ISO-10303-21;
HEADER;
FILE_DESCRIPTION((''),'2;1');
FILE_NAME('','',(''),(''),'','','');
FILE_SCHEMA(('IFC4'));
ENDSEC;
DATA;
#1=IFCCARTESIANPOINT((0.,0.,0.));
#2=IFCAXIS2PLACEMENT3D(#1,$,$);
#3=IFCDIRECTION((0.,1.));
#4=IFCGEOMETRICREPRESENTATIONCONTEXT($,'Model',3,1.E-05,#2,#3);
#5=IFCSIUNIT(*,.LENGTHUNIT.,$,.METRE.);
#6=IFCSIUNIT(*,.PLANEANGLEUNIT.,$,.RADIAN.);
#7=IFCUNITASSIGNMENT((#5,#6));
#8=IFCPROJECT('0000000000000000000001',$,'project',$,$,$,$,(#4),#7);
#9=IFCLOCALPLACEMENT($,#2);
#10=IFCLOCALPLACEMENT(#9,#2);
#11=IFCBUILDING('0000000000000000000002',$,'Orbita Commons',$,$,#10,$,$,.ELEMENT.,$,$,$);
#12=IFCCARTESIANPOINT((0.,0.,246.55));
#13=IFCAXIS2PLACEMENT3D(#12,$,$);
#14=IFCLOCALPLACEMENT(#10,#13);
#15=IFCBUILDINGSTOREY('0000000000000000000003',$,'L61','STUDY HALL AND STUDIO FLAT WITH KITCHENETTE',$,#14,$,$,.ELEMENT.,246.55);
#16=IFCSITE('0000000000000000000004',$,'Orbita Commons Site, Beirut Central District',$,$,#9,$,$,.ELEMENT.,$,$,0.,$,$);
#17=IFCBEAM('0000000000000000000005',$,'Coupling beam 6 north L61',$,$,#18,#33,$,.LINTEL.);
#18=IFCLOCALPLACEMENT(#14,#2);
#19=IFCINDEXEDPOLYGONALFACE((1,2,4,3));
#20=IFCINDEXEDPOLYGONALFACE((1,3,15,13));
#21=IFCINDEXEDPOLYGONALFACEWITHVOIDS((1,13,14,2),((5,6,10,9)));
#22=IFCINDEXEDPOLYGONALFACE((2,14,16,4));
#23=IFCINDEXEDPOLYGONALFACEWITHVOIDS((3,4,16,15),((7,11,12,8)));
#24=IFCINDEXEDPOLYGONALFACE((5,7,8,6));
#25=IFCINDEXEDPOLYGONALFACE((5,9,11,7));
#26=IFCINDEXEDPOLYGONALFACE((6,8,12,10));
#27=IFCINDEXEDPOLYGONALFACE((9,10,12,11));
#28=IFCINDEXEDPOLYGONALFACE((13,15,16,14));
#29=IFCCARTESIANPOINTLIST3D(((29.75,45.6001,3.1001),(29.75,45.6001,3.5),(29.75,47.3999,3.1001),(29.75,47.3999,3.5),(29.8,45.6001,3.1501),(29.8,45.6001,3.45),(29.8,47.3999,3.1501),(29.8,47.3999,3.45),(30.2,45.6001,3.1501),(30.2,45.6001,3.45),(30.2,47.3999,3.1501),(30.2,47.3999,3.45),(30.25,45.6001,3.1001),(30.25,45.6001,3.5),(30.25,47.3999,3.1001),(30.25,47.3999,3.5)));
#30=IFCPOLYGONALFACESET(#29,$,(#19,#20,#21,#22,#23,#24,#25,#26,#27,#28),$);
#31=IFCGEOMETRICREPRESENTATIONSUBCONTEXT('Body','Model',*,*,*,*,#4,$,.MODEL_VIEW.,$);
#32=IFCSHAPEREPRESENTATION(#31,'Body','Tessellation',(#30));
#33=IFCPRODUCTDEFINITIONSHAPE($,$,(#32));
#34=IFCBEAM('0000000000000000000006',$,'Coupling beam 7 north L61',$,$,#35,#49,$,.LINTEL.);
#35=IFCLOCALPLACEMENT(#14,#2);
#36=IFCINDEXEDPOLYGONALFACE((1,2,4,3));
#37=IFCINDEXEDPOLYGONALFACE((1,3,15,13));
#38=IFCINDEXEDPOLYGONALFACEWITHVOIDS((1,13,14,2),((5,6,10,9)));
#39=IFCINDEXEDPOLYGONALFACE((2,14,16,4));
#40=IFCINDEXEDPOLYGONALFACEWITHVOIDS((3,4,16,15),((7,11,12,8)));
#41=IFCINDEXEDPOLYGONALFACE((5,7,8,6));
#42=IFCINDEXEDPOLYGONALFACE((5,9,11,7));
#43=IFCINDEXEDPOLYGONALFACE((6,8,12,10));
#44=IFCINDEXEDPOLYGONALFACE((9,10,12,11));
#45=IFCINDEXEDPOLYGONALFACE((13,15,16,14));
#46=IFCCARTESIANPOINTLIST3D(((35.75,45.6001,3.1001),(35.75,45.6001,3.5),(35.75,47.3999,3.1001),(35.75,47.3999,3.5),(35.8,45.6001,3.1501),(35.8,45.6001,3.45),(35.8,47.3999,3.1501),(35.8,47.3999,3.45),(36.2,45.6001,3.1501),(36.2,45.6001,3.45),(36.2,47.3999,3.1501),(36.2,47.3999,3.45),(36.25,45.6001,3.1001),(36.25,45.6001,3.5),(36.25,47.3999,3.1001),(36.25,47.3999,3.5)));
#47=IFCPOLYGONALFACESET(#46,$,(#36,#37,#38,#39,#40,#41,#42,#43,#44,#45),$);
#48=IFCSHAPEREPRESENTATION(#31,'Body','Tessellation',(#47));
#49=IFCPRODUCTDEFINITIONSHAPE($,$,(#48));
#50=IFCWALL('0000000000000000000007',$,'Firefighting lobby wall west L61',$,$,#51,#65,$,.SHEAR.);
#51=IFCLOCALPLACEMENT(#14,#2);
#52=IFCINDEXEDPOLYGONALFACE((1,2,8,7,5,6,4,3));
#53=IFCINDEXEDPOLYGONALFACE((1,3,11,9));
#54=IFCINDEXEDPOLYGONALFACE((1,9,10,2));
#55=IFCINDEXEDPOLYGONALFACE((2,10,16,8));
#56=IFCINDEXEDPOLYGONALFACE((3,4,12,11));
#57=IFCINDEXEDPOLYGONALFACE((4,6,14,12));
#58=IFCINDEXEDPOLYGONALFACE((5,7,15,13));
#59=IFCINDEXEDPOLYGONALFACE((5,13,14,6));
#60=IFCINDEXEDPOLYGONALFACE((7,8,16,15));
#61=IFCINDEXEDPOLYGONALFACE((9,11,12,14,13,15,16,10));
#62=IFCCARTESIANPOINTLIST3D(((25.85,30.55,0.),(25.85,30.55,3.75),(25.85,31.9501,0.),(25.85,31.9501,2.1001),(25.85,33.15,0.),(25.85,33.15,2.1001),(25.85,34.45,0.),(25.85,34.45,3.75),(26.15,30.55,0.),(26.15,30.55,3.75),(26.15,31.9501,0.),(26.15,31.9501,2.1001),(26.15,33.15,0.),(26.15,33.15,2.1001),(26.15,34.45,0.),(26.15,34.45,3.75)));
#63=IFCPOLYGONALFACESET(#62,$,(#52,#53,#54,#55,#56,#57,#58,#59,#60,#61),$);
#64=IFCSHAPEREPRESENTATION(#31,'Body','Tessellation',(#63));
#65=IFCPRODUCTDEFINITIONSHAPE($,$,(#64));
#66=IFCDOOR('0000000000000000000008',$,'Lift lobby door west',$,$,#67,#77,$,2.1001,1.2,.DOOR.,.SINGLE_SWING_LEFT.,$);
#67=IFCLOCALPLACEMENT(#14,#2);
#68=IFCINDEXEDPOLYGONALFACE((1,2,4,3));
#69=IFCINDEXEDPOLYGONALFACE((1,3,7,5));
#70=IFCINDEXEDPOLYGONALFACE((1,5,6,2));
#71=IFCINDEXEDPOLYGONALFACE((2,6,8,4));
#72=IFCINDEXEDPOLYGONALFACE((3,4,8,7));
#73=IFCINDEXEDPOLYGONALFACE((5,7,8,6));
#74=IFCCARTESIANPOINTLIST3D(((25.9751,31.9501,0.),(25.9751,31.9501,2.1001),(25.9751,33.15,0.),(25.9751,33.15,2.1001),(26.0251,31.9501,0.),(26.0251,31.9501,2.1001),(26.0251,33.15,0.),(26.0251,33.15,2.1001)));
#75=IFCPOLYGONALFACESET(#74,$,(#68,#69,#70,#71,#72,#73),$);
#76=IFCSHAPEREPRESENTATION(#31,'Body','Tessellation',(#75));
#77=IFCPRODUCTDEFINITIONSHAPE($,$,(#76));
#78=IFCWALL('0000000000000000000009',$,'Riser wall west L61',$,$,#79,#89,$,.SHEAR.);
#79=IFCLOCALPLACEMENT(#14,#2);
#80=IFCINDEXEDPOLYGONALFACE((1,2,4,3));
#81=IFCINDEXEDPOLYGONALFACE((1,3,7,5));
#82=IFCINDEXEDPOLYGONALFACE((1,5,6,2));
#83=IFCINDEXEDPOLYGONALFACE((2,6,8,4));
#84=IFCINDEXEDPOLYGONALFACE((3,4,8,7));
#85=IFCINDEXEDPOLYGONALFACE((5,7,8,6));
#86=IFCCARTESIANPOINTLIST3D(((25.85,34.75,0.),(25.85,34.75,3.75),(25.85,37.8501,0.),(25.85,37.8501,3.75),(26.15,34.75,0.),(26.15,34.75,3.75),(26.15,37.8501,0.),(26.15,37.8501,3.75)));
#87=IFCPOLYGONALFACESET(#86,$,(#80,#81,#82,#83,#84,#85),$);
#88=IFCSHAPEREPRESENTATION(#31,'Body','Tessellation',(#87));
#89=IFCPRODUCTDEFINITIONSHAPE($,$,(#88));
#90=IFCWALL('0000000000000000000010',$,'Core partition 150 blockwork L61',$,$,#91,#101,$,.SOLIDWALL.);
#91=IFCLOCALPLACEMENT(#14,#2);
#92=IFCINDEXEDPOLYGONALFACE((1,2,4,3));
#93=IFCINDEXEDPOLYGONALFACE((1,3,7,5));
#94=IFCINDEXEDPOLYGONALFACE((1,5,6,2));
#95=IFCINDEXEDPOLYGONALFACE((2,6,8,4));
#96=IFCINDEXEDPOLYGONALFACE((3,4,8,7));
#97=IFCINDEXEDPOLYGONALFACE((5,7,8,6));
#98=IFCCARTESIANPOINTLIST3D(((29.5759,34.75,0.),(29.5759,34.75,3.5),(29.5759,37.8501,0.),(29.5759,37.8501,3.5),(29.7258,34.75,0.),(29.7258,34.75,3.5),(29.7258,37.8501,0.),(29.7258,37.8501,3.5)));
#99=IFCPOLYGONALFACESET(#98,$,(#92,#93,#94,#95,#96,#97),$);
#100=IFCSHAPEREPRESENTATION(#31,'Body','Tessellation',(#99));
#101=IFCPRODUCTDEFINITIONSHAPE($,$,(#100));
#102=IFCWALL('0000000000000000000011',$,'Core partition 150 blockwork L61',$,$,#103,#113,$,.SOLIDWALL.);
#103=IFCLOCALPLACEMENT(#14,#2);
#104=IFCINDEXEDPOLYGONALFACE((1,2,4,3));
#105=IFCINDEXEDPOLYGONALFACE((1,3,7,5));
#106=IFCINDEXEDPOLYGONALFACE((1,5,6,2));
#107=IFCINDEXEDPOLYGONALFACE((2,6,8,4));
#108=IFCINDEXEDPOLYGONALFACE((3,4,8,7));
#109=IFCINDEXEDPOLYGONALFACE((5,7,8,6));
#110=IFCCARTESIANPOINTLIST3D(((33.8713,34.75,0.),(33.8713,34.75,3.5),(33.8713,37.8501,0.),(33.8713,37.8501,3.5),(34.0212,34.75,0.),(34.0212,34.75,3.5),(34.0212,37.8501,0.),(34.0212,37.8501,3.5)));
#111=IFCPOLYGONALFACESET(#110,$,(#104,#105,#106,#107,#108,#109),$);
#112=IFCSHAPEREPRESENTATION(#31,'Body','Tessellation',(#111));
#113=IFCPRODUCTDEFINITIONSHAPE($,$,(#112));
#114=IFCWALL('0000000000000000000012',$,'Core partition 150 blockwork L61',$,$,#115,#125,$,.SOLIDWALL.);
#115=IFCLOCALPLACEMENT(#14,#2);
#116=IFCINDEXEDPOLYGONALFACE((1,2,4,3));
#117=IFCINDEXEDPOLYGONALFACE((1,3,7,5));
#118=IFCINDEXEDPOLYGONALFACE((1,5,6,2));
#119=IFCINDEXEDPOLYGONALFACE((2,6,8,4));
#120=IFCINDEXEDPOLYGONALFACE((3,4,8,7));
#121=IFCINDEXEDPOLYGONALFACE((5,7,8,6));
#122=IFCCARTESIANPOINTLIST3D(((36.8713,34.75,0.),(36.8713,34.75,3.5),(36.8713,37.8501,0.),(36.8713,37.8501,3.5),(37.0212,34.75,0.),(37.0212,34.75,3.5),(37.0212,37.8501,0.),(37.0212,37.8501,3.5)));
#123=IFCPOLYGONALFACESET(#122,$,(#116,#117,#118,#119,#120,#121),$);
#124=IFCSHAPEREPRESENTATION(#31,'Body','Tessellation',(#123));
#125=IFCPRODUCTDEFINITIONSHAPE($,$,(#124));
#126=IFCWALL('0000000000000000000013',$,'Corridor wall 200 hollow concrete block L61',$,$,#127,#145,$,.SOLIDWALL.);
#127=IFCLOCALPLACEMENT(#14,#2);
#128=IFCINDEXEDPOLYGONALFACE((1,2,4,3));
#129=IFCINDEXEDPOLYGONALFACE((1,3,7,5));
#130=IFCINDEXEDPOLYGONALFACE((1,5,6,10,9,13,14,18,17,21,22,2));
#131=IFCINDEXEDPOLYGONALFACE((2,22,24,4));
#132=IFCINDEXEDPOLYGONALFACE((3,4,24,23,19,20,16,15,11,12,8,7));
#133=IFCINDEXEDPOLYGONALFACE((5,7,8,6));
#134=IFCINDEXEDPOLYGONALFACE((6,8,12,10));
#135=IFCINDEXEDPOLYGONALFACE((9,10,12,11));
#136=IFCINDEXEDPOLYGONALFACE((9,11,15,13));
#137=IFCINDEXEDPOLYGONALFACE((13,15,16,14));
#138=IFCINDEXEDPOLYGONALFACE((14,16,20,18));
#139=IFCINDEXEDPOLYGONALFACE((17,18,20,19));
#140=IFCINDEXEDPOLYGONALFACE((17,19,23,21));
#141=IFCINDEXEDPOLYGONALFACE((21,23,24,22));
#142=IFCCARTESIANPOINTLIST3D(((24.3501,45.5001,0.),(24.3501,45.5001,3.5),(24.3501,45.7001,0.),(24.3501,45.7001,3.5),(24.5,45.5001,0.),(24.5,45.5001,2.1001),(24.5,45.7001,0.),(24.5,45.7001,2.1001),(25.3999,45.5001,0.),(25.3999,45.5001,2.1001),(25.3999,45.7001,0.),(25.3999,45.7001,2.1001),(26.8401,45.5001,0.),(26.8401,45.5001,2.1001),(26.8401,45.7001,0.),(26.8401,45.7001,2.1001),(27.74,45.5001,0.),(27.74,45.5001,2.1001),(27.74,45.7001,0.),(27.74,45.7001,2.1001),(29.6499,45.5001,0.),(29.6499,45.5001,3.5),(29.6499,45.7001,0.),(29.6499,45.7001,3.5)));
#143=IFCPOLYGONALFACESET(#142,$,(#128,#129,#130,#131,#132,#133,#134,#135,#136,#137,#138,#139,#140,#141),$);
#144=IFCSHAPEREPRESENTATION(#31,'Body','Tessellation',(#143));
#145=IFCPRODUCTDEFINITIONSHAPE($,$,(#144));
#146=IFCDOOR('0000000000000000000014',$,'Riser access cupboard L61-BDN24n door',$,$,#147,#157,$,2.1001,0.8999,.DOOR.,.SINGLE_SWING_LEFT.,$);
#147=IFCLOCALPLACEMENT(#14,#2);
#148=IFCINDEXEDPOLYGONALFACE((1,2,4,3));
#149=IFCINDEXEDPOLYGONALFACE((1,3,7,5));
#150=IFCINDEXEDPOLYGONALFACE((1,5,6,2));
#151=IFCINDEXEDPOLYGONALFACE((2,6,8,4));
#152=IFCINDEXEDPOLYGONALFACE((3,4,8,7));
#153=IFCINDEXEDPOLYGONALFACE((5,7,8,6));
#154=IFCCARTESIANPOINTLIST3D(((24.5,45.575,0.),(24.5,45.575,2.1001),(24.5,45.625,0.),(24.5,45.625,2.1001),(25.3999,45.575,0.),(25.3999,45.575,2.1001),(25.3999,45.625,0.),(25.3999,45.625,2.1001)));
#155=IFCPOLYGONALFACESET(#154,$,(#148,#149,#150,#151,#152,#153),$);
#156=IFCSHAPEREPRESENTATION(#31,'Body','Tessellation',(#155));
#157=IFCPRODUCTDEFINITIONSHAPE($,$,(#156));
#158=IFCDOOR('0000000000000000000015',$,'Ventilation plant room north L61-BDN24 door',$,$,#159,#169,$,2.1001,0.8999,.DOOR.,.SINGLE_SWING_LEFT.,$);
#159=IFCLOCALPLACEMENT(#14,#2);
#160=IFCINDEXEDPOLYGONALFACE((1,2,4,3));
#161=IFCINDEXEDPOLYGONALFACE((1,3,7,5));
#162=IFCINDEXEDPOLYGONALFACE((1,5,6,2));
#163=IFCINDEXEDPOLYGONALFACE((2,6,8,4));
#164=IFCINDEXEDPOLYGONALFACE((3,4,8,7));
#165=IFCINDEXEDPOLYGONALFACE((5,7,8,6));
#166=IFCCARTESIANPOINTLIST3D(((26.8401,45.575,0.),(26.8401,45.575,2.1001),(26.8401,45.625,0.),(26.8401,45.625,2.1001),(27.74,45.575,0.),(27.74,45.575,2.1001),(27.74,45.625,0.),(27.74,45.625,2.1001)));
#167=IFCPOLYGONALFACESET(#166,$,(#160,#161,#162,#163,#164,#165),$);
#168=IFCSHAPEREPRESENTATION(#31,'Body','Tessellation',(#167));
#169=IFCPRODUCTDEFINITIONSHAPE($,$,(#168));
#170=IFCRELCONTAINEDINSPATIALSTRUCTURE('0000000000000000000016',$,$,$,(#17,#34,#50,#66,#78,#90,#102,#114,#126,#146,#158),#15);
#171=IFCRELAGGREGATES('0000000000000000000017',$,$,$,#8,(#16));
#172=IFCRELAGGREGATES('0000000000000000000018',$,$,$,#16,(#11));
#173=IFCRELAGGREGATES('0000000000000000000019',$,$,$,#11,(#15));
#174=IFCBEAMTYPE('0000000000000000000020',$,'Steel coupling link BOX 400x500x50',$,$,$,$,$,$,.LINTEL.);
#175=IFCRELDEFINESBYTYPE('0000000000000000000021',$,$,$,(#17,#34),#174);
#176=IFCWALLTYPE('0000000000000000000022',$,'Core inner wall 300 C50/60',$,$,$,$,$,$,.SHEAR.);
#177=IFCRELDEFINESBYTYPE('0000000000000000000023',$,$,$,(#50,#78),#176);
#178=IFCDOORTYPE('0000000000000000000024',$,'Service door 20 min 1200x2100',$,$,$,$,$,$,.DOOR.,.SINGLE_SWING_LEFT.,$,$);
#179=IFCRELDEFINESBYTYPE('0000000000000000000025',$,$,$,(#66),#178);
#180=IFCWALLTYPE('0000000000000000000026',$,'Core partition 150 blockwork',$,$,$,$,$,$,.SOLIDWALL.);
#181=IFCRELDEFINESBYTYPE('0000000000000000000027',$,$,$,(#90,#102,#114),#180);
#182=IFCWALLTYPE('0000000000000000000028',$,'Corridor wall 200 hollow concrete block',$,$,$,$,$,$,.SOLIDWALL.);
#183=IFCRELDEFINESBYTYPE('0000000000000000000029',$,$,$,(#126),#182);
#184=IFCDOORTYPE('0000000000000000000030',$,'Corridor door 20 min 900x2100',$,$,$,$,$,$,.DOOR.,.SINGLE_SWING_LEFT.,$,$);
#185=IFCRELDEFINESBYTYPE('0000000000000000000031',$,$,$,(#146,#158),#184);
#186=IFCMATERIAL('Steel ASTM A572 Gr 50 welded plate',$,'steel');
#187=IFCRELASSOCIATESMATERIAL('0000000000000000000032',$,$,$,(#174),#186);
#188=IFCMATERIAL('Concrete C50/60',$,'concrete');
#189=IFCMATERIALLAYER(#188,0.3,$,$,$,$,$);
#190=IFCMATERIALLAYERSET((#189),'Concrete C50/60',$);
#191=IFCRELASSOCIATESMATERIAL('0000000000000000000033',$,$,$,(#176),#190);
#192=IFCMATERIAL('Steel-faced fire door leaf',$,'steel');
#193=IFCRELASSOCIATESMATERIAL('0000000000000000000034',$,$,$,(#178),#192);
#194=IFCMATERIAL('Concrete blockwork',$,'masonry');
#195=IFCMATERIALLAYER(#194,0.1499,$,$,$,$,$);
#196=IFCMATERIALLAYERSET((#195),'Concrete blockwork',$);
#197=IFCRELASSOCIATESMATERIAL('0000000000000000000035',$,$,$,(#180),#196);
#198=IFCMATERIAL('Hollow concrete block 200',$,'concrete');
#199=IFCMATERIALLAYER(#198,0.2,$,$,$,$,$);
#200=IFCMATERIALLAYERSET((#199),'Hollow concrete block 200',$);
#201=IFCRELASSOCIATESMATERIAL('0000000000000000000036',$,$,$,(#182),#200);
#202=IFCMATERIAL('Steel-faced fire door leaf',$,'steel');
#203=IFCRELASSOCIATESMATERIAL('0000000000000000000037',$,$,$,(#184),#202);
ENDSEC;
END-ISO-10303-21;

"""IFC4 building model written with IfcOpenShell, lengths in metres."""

from ifc_helpers import new_model, si_unit, direction, frame, frame_2d, origin, origin_2d, place, context, subcontext, project, spatial, rectangle, hollow_rectangle, extrude, material, layer, layer_set, material_profile, profile_set, type_object, element, fill, save


model = new_model("IFC4")

# Units and contexts
model_context = context("Model", 3, precision=1e-05, world=origin(), true_north=direction((0.0, 1.0)))
body_context = subcontext(model_context, "Body", "Model", "MODEL_VIEW")
ifc_project = project(units=[si_unit("LENGTHUNIT", "METRE"), si_unit("PLANEANGLEUNIT", "RADIAN")], contexts=[model_context])

# Site, building, storey
site_placement = place(None, origin())
site = spatial("IfcSite", under=ifc_project, at=site_placement, Name="Orbita Commons Site, Beirut Central District", CompositionType="ELEMENT", RefElevation=0.0)
building_placement = place(site_placement, origin())
building = spatial("IfcBuilding", under=site, at=building_placement, Name="Orbita Commons", CompositionType="ELEMENT")
storey_placement = place(building_placement, frame((0.0, 0.0, 246.55)))
storey = spatial("IfcBuildingStorey", under=building, at=storey_placement, Name="L61", Description="STUDY HALL AND STUDIO FLAT WITH KITCHENETTE", CompositionType="ELEMENT", Elevation=246.55)

# Beams
ifc_material_1 = material(Name="Steel ASTM A572 Gr 50 welded plate", Category="steel")
ifc_material_profile = material_profile(ifc_material_1, hollow_rectangle(XDim=0.5, YDim=0.3999, WallThickness=0.05, at=origin_2d()), Name="BOX 400x500x50")
ifc_profile_set = profile_set([ifc_material_profile], Name="Steel ASTM A572 Gr 50 welded plate")
beam_type = type_object("IfcBeamType", Name="Steel coupling link BOX 400x500x50", PredefinedType="LINTEL", material=ifc_profile_set)
for number, where, z_axis, x_axis, name in (
    (1, (30.0, 45.6001, 3.3), (0.0, 1.0, 0.0), (-1.0, 0.0, 0.0), "Coupling beam 6 north L61"),
    (2, (36.0, 45.6001, 3.3), (0.0, 1.0, 0.0), (-1.0, 0.0, 0.0), "Coupling beam 7 north L61"),
):
    element("IfcBeam", number, at=place(storey_placement, frame(where, z_axis=z_axis, x_axis=x_axis)), inside=storey, type_object=beam_type, Name=name, PredefinedType="LINTEL", context=body_context, shape_type="SweptSolid", body=[
        extrude(hollow_rectangle(XDim=0.5, YDim=0.3999, WallThickness=0.05, at=origin_2d()), origin(), (0.0, 0.0, 1.0), 1.7998),
    ])

# Wall, opening, door
ifc_material_2 = material(Name="Concrete C50/60", Category="concrete")
ifc_layer_1 = layer(ifc_material_2, 0.3)
ifc_layer_set_1 = layer_set([ifc_layer_1], Name="Concrete C50/60")
wall_type_1 = type_object("IfcWallType", Name="Core inner wall 300 C50/60", PredefinedType="SHEAR", material=ifc_layer_set_1)
wall_1_placement = place(storey_placement, frame((26.0, 30.55, 0.0), z_axis=(0.0, 0.0, 1.0), x_axis=(0.0, 1.0, 0.0)))
wall_1 = element("IfcWall", 3, at=wall_1_placement, inside=storey, type_object=wall_type_1, Name="Firefighting lobby wall west L61", PredefinedType="SHEAR", context=body_context, shape_type="SweptSolid", body=[
    extrude(rectangle(XDim=3.8999, YDim=0.3, at=frame_2d((1.95, 0.0))), origin(), (0.0, 0.0, 1.0), 3.75),
])
opening_1_placement = place(wall_1_placement, frame((1.3999, 0.0, 0.0)))
opening_1 = element("IfcOpeningElement", 4, at=opening_1_placement, cuts=wall_1, PredefinedType="OPENING", context=body_context, shape_type="SweptSolid", body=[
    extrude(rectangle(XDim=1.2, YDim=2.1001, at=frame_2d((0.6001, 1.05))), frame((0.0, 0.1599, 0.0), z_axis=(0.0, -1.0, 0.0), x_axis=(1.0, 0.0, 0.0)), (0.0, 0.0, 1.0), 0.3201),
])
ifc_material_3 = material(Name="Steel-faced fire door leaf", Category="steel")
door_type_1 = type_object("IfcDoorType", Name="Service door 20 min 1200x2100", OperationType="SINGLE_SWING_LEFT", PredefinedType="DOOR", material=ifc_material_3)
door_1_placement = place(opening_1_placement, origin())
door_1 = element("IfcDoor", 5, at=door_1_placement, inside=storey, type_object=door_type_1, Name="Lift lobby door west", OperationType="SINGLE_SWING_LEFT", OverallHeight=2.1001, OverallWidth=1.2, PredefinedType="DOOR", context=body_context, shape_type="SweptSolid", body=[
    extrude(rectangle(XDim=1.2, YDim=2.1001, at=frame_2d((0.6001, 1.05))), frame((0.0, 0.0249, 0.0), z_axis=(0.0, -1.0, 0.0), x_axis=(1.0, 0.0, 0.0)), (0.0, 0.0, 1.0), 0.05),
])
fill(opening_1, door_1)

# Walls
wall_2_placement = place(storey_placement, frame((26.0, 34.75, 0.0), z_axis=(0.0, 0.0, 1.0), x_axis=(0.0, 1.0, 0.0)))
element("IfcWall", 6, at=wall_2_placement, inside=storey, type_object=wall_type_1, Name="Riser wall west L61", PredefinedType="SHEAR", context=body_context, shape_type="SweptSolid", body=[
    extrude(rectangle(XDim=3.1001, YDim=0.3, at=frame_2d((1.55, 0.0))), origin(), (0.0, 0.0, 1.0), 3.75),
])
ifc_material_4 = material(Name="Concrete blockwork", Category="masonry")
ifc_layer_2 = layer(ifc_material_4, 0.1499)
ifc_layer_set_2 = layer_set([ifc_layer_2], Name="Concrete blockwork")
wall_type_2 = type_object("IfcWallType", Name="Core partition 150 blockwork", PredefinedType="SOLIDWALL", material=ifc_layer_set_2)
for number, where, z_axis, x_axis, name in (
    (7, (29.6509, 34.75, 0.0), (0.0, 0.0, 1.0), (0.0, 1.0, 0.0), "Core partition 150 blockwork L61"),
    (8, (33.9463, 34.75, 0.0), (0.0, 0.0, 1.0), (0.0, 1.0, 0.0), "Core partition 150 blockwork L61"),
    (9, (36.9463, 34.75, 0.0), (0.0, 0.0, 1.0), (0.0, 1.0, 0.0), "Core partition 150 blockwork L61"),
):
    element("IfcWall", number, at=place(storey_placement, frame(where, z_axis=z_axis, x_axis=x_axis)), inside=storey, type_object=wall_type_2, Name=name, PredefinedType="SOLIDWALL", context=body_context, shape_type="SweptSolid", body=[
        extrude(rectangle(XDim=3.1001, YDim=0.1499, at=frame_2d((1.55, 0.0))), origin(), (0.0, 0.0, 1.0), 3.5),
    ])

# Wall, openings, doors
ifc_material_5 = material(Name="Hollow concrete block 200", Category="concrete")
ifc_layer_3 = layer(ifc_material_5, 0.2)
ifc_layer_set_3 = layer_set([ifc_layer_3], Name="Hollow concrete block 200")
wall_type_3 = type_object("IfcWallType", Name="Corridor wall 200 hollow concrete block", PredefinedType="SOLIDWALL", material=ifc_layer_set_3)
wall_3_placement = place(storey_placement, frame((24.3501, 45.6001, 0.0), z_axis=(0.0, 0.0, 1.0), x_axis=(1.0, 0.0, 0.0)))
wall_3 = element("IfcWall", 10, at=wall_3_placement, inside=storey, type_object=wall_type_3, Name="Corridor wall 200 hollow concrete block L61", PredefinedType="SOLIDWALL", context=body_context, shape_type="SweptSolid", body=[
    extrude(rectangle(XDim=5.2998, YDim=0.2, at=frame_2d((2.6499, 0.0))), origin(), (0.0, 0.0, 1.0), 3.5),
])
opening_2_placement = place(wall_3_placement, frame((0.1499, 0.0, 0.0)))
opening_2 = element("IfcOpeningElement", 11, at=opening_2_placement, cuts=wall_3, PredefinedType="OPENING", context=body_context, shape_type="SweptSolid", body=[
    extrude(rectangle(XDim=0.8999, YDim=2.1001, at=frame_2d((0.45, 1.05))), frame((0.0, 0.1099, 0.0), z_axis=(0.0, -1.0, 0.0), x_axis=(1.0, 0.0, 0.0)), (0.0, 0.0, 1.0), 0.22),
])
opening_3_placement = place(wall_3_placement, frame((2.49, 0.0, 0.0)))
opening_3 = element("IfcOpeningElement", 12, at=opening_3_placement, cuts=wall_3, PredefinedType="OPENING", context=body_context, shape_type="SweptSolid", body=[
    extrude(rectangle(XDim=0.8999, YDim=2.1001, at=frame_2d((0.45, 1.05))), frame((0.0, 0.1099, 0.0), z_axis=(0.0, -1.0, 0.0), x_axis=(1.0, 0.0, 0.0)), (0.0, 0.0, 1.0), 0.22),
])
ifc_material_6 = material(Name="Steel-faced fire door leaf", Category="steel")
door_type_2 = type_object("IfcDoorType", Name="Corridor door 20 min 900x2100", OperationType="SINGLE_SWING_LEFT", PredefinedType="DOOR", material=ifc_material_6)
door_2_placement = place(opening_2_placement, origin())
door_2 = element("IfcDoor", 13, at=door_2_placement, inside=storey, type_object=door_type_2, Name="Riser access cupboard L61-BDN24n door", OperationType="SINGLE_SWING_LEFT", OverallHeight=2.1001, OverallWidth=0.8999, PredefinedType="DOOR", context=body_context, shape_type="SweptSolid", body=[
    extrude(rectangle(XDim=0.8999, YDim=2.1001, at=frame_2d((0.45, 1.05))), frame((0.0, 0.0249, 0.0), z_axis=(0.0, -1.0, 0.0), x_axis=(1.0, 0.0, 0.0)), (0.0, 0.0, 1.0), 0.05),
])
fill(opening_2, door_2)
door_3_placement = place(opening_3_placement, origin())
door_3 = element("IfcDoor", 14, at=door_3_placement, inside=storey, type_object=door_type_2, Name="Ventilation plant room north L61-BDN24 door", OperationType="SINGLE_SWING_LEFT", OverallHeight=2.1001, OverallWidth=0.8999, PredefinedType="DOOR", context=body_context, shape_type="SweptSolid", body=[
    extrude(rectangle(XDim=0.8999, YDim=2.1001, at=frame_2d((0.45, 1.05))), frame((0.0, 0.0249, 0.0), z_axis=(0.0, -1.0, 0.0), x_axis=(1.0, 0.0, 0.0)), (0.0, 0.0, 1.0), 0.05),
])
fill(opening_3, door_3)

save(model, "model.ifc")
